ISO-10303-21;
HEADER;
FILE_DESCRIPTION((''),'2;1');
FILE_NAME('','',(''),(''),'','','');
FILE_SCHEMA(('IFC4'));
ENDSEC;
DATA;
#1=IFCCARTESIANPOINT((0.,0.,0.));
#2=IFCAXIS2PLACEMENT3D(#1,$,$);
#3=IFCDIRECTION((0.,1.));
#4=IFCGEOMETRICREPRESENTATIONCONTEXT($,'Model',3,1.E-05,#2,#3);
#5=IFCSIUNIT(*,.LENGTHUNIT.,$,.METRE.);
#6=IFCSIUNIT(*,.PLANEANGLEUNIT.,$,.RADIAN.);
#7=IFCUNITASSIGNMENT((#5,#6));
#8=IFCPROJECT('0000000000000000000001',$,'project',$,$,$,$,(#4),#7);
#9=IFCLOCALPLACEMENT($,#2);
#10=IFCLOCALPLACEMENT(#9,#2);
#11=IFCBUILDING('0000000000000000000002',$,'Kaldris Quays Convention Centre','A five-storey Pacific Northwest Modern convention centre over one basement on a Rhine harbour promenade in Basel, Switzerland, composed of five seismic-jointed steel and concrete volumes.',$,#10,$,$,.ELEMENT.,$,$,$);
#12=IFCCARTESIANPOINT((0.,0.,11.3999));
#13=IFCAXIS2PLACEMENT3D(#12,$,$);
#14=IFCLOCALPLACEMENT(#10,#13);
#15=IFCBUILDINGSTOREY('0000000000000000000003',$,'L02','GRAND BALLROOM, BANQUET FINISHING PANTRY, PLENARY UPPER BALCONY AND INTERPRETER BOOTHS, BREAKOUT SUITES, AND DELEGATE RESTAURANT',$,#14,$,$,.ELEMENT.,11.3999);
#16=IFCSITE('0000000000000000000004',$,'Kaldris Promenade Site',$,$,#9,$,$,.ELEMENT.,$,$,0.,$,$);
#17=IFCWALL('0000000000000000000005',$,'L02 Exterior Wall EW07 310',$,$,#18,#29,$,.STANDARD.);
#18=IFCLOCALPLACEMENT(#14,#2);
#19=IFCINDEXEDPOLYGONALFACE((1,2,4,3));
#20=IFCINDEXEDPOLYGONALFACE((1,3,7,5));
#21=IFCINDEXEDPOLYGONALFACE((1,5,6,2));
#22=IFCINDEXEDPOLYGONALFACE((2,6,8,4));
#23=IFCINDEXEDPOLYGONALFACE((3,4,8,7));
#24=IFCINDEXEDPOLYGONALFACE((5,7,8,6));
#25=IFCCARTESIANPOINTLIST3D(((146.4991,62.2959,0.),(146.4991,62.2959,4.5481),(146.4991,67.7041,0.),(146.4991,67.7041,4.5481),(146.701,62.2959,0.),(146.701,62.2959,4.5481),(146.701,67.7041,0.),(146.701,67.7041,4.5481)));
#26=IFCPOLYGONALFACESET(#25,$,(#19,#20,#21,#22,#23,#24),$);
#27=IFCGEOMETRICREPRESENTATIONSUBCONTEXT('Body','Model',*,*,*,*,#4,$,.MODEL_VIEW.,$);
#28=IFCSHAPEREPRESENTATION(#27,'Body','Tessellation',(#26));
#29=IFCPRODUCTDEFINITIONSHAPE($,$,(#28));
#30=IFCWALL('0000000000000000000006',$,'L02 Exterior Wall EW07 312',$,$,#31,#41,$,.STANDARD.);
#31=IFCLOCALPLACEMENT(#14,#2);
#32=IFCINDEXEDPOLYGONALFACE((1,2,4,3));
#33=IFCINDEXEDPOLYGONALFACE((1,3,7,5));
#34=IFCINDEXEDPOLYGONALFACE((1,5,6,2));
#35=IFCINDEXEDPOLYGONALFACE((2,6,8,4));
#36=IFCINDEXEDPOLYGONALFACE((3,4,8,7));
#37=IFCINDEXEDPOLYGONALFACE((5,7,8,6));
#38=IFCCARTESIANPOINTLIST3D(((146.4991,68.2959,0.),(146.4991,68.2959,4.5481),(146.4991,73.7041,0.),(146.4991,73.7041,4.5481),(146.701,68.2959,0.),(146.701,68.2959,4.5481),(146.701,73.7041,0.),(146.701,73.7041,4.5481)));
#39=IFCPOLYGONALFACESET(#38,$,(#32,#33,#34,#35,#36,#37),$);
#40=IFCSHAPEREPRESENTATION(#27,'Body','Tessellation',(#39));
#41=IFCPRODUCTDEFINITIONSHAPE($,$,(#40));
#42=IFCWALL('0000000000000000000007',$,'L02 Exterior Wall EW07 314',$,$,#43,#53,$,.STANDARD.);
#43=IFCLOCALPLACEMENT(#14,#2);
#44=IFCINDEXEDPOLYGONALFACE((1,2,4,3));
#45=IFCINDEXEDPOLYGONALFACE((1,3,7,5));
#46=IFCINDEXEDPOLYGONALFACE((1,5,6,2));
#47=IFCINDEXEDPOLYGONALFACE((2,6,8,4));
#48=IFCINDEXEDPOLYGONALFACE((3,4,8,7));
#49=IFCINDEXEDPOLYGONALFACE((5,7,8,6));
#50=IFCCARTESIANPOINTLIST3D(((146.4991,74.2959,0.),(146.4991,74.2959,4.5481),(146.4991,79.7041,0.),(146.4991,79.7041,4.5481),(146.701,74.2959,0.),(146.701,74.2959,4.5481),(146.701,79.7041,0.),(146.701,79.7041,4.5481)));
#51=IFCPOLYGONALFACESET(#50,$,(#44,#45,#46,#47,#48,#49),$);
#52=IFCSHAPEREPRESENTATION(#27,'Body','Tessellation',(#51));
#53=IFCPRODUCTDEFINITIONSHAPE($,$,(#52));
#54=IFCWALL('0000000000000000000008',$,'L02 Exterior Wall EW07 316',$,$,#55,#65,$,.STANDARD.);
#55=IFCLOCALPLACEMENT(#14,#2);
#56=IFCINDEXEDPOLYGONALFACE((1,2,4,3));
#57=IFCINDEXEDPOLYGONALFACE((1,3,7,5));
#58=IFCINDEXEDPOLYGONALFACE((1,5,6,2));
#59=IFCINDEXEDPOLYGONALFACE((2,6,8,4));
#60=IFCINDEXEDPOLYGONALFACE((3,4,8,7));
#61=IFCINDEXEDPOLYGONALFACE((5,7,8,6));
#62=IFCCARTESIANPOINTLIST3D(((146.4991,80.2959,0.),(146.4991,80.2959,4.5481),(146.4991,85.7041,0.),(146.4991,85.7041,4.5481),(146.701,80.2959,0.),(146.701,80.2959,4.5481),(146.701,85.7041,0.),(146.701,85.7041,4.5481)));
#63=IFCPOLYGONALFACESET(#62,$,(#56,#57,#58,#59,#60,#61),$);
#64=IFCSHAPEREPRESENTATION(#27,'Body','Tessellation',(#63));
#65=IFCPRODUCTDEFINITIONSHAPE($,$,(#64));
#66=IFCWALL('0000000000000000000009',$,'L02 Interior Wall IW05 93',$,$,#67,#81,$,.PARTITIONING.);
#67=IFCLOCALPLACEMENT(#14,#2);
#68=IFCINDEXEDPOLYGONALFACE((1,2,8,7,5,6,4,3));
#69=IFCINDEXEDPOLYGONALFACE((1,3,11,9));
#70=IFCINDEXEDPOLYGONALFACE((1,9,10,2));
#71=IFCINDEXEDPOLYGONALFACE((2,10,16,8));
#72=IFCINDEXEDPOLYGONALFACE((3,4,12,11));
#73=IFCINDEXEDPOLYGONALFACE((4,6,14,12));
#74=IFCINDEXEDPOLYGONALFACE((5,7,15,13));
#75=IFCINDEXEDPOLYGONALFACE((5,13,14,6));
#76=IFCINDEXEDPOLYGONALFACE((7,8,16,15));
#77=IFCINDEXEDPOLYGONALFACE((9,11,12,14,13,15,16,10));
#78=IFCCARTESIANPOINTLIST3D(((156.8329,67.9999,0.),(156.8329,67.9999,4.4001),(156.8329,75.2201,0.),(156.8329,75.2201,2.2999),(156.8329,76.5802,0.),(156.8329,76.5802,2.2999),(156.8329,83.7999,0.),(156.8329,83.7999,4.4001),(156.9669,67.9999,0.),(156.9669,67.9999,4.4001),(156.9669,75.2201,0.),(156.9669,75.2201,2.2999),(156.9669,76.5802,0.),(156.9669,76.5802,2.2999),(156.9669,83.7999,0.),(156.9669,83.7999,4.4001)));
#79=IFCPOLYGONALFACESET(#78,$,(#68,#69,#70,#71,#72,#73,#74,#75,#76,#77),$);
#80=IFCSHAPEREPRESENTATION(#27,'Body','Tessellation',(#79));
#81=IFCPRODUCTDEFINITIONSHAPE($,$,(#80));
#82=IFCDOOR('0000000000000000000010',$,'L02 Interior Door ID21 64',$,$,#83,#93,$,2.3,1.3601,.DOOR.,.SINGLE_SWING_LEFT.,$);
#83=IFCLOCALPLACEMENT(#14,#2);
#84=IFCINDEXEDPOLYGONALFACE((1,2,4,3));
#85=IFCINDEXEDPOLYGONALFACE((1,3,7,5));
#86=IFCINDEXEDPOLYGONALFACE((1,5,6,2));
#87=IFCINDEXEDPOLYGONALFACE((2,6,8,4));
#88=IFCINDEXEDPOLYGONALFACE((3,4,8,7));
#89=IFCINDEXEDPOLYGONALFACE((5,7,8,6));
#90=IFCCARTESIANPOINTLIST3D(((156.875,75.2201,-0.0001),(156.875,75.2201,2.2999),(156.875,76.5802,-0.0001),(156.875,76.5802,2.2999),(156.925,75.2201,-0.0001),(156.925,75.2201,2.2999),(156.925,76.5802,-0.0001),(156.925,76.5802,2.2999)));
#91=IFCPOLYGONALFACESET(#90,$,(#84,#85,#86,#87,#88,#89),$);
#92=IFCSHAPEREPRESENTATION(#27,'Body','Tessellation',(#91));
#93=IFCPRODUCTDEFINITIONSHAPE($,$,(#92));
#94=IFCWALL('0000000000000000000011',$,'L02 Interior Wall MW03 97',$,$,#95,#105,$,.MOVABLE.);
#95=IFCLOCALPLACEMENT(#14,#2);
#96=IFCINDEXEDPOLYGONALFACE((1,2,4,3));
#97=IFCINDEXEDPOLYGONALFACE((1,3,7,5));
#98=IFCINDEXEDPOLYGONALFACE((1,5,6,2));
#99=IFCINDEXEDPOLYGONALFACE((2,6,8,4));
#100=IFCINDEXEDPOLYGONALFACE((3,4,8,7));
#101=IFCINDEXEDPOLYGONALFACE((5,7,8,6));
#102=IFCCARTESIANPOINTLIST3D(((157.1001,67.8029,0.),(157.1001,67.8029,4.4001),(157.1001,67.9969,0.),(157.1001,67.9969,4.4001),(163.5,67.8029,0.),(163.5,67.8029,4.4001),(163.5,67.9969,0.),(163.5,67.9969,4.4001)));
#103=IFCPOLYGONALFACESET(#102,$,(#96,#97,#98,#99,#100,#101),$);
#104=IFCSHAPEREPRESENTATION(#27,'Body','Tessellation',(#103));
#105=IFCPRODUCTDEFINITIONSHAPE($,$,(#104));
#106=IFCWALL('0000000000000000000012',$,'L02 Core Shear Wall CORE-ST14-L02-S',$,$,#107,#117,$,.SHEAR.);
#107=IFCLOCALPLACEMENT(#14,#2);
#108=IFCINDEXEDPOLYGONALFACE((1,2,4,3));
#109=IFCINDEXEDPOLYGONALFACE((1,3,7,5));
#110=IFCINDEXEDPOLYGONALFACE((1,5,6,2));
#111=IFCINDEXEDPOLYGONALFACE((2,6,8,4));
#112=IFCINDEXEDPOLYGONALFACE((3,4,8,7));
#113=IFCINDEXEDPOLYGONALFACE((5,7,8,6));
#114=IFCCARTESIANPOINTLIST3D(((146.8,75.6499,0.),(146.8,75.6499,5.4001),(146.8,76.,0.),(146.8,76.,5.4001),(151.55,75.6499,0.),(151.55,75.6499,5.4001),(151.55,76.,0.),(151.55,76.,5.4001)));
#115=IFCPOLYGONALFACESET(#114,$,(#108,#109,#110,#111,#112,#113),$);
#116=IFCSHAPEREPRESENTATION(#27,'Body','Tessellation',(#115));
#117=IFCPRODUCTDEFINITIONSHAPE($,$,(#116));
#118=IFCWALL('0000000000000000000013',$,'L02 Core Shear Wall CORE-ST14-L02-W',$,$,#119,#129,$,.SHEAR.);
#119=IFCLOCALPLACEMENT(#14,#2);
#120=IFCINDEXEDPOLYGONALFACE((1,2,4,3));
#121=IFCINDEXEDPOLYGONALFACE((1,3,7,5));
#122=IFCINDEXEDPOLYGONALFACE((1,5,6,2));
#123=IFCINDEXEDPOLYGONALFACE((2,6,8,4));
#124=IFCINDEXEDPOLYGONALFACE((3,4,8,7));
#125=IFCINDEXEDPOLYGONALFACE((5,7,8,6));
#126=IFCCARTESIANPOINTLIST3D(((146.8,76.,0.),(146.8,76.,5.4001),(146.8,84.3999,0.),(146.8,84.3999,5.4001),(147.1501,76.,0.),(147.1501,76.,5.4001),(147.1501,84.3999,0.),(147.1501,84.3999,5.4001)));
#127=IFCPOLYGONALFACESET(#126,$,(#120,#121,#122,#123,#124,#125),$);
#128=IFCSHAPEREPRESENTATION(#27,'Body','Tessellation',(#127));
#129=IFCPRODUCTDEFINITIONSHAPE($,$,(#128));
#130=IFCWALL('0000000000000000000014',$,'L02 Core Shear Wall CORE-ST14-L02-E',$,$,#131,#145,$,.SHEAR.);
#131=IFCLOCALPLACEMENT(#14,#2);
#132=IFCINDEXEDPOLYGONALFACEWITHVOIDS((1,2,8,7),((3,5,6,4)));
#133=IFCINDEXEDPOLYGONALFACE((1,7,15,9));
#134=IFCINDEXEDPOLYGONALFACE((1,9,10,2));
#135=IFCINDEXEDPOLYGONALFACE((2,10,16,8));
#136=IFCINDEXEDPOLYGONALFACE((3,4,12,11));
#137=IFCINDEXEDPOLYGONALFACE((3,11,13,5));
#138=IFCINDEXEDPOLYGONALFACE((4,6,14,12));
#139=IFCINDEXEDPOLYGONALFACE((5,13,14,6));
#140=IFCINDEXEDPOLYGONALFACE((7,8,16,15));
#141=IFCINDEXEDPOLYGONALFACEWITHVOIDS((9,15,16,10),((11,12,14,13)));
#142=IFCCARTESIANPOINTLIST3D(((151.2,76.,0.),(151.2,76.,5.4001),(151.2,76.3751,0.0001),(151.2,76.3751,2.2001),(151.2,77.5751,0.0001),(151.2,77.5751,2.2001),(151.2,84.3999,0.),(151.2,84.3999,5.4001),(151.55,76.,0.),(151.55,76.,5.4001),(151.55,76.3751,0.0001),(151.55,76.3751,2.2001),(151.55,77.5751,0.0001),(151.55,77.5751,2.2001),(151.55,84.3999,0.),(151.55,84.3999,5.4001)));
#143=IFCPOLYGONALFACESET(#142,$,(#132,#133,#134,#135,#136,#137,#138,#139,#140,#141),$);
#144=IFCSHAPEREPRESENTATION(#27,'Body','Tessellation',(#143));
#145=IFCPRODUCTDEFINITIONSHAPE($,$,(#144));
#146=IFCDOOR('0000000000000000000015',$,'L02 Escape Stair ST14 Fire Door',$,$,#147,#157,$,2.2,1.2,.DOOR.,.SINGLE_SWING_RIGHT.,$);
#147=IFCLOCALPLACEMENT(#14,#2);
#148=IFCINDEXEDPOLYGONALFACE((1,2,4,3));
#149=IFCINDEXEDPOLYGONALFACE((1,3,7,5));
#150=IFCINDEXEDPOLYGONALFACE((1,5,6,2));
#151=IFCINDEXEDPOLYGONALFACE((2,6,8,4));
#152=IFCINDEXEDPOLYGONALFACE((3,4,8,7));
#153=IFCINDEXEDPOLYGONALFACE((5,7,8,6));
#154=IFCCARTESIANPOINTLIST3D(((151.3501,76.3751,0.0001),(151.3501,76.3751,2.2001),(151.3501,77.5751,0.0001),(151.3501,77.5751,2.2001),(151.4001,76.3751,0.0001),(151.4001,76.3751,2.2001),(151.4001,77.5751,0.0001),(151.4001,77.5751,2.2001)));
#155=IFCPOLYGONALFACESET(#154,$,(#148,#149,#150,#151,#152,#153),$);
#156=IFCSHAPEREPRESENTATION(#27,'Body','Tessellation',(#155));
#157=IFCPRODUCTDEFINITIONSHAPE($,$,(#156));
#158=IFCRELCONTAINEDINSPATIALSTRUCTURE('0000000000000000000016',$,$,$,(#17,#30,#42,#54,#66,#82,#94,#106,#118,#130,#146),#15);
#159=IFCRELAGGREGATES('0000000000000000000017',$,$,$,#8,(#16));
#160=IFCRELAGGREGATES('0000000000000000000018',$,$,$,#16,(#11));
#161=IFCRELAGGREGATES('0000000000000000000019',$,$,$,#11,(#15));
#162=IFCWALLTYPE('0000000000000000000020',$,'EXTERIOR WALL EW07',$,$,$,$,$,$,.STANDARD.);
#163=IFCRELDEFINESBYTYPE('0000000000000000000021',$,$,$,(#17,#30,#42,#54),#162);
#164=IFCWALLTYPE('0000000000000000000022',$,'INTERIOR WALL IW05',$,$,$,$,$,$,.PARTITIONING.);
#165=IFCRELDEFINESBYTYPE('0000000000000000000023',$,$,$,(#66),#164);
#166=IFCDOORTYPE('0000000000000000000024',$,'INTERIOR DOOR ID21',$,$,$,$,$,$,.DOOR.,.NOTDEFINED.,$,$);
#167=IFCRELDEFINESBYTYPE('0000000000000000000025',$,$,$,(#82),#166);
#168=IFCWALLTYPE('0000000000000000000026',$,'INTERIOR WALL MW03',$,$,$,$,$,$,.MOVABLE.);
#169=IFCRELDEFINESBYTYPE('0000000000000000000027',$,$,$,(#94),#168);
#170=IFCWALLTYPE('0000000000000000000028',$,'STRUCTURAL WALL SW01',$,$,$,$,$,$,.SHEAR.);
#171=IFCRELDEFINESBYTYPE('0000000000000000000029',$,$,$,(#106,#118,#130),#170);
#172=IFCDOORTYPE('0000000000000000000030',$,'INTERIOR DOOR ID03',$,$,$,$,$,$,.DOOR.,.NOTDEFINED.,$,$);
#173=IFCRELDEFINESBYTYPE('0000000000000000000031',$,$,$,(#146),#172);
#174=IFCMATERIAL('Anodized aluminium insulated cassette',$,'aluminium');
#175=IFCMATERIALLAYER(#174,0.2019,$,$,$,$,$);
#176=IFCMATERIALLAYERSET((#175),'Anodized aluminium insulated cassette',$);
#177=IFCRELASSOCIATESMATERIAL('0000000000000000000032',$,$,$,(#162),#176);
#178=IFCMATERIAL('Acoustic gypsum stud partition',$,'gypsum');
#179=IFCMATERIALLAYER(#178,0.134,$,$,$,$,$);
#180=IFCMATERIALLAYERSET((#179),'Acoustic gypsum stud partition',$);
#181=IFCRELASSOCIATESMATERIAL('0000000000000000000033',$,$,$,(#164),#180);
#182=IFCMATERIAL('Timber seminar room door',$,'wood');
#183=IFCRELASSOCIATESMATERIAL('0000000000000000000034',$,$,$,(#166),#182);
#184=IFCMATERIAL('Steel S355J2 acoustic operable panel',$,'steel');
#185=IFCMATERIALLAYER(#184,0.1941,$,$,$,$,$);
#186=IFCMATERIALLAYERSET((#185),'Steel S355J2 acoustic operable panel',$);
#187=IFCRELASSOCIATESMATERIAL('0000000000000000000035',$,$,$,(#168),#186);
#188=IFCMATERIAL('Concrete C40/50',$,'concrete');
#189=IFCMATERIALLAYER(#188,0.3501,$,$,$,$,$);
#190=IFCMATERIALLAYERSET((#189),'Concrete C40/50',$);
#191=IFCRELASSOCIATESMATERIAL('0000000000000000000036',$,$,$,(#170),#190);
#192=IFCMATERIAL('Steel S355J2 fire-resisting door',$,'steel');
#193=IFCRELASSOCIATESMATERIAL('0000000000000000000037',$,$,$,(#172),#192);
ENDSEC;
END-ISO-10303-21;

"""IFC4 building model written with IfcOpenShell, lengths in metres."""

from ifc_helpers import new_model, si_unit, direction, frame, frame_2d, origin, place, context, subcontext, project, spatial, rectangle, extrude, material, layer, layer_set, type_object, element, fill, save


model = new_model("IFC4")

# Units and contexts
model_context = context("Model", 3, precision=1e-05, world=origin(), true_north=direction((0.0, 1.0)))
body_context = subcontext(model_context, "Body", "Model", "MODEL_VIEW")
ifc_project = project(units=[si_unit("LENGTHUNIT", "METRE"), si_unit("PLANEANGLEUNIT", "RADIAN")], contexts=[model_context])

# Site, building, storey
site_placement = place(None, origin())
site = spatial("IfcSite", under=ifc_project, at=site_placement, Name="Kaldris Promenade Site", CompositionType="ELEMENT", RefElevation=0.0)
building_placement = place(site_placement, origin())
building = spatial("IfcBuilding", under=site, at=building_placement, Name="Kaldris Quays Convention Centre", Description="A five-storey Pacific Northwest Modern convention centre over one basement on a Rhine harbour promenade in Basel, Switzerland, composed of five seismic-jointed steel and concrete volumes.", CompositionType="ELEMENT")
storey_placement = place(building_placement, frame((0.0, 0.0, 11.3999)))
storey = spatial("IfcBuildingStorey", under=building, at=storey_placement, Name="L02", Description="GRAND BALLROOM, BANQUET FINISHING PANTRY, PLENARY UPPER BALCONY AND INTERPRETER BOOTHS, BREAKOUT SUITES, AND DELEGATE RESTAURANT", CompositionType="ELEMENT", Elevation=11.3999)

# Walls
ifc_material_1 = material(Name="Anodized aluminium insulated cassette", Category="aluminium")
ifc_layer_1 = layer(ifc_material_1, 0.2019)
ifc_layer_set_1 = layer_set([ifc_layer_1], Name="Anodized aluminium insulated cassette")
wall_type_1 = type_object("IfcWallType", Name="EXTERIOR WALL EW07", PredefinedType="STANDARD", material=ifc_layer_set_1)
for number, where, z_axis, x_axis, name in (
    (1, (146.6001, 62.2959, 0.0), (0.0, 0.0, 1.0), (0.0, 1.0, 0.0), "L02 Exterior Wall EW07 310"),
    (2, (146.6001, 68.2959, 0.0), (0.0, 0.0, 1.0), (0.0, 1.0, 0.0), "L02 Exterior Wall EW07 312"),
    (3, (146.6001, 74.2959, 0.0), (0.0, 0.0, 1.0), (0.0, 1.0, 0.0), "L02 Exterior Wall EW07 314"),
    (4, (146.6001, 80.2959, 0.0), (0.0, 0.0, 1.0), (0.0, 1.0, 0.0), "L02 Exterior Wall EW07 316"),
):
    element("IfcWall", number, at=place(storey_placement, frame(where, z_axis=z_axis, x_axis=x_axis)), inside=storey, type_object=wall_type_1, Name=name, PredefinedType="STANDARD", context=body_context, shape_type="SweptSolid", body=[
        extrude(rectangle(XDim=5.4082, YDim=0.2019, at=frame_2d((2.7041, 0.0))), origin(), (0.0, 0.0, 1.0), 4.5481),
    ])

# Wall, opening, door
ifc_material_2 = material(Name="Acoustic gypsum stud partition", Category="gypsum")
ifc_layer_2 = layer(ifc_material_2, 0.134)
ifc_layer_set_2 = layer_set([ifc_layer_2], Name="Acoustic gypsum stud partition")
wall_type_2 = type_object("IfcWallType", Name="INTERIOR WALL IW05", PredefinedType="PARTITIONING", material=ifc_layer_set_2)
wall_1_placement = place(storey_placement, frame((156.8999, 68.0, 0.0), z_axis=(0.0, 0.0, 1.0), x_axis=(0.0, 1.0, 0.0)))
wall_1 = element("IfcWall", 5, at=wall_1_placement, inside=storey, type_object=wall_type_2, Name="L02 Interior Wall IW05 93", PredefinedType="PARTITIONING", context=body_context, shape_type="SweptSolid", body=[
    extrude(rectangle(XDim=15.8, YDim=0.134, at=frame_2d((7.8999, 0.0))), origin(), (0.0, 0.0, 1.0), 4.4001),
])
opening_1_placement = place(wall_1_placement, frame((7.22, 0.0, 0.0)))
opening_1 = element("IfcOpeningElement", 6, at=opening_1_placement, cuts=wall_1, PredefinedType="OPENING", context=body_context, shape_type="SweptSolid", body=[
    extrude(rectangle(XDim=1.3601, YDim=2.3, at=frame_2d((0.6802, 1.1499))), frame((0.0, 0.0771, 0.0), z_axis=(0.0, -1.0, 0.0), x_axis=(1.0, 0.0, 0.0)), (0.0, 0.0, 1.0), 0.1541),
])
ifc_material_3 = material(Name="Timber seminar room door", Category="wood")
door_type_1 = type_object("IfcDoorType", Name="INTERIOR DOOR ID21", OperationType="NOTDEFINED", PredefinedType="DOOR", material=ifc_material_3)
door_1_placement = place(opening_1_placement, origin())
door_1 = element("IfcDoor", 7, at=door_1_placement, inside=storey, type_object=door_type_1, Name="L02 Interior Door ID21 64", OperationType="SINGLE_SWING_LEFT", OverallHeight=2.3, OverallWidth=1.3601, PredefinedType="DOOR", context=body_context, shape_type="SweptSolid", body=[
    extrude(rectangle(XDim=1.3601, YDim=2.3, at=frame_2d((0.6802, 1.1499))), frame((0.0, 0.0249, 0.0), z_axis=(0.0, -1.0, 0.0), x_axis=(1.0, 0.0, 0.0)), (0.0, 0.0, 1.0), 0.05),
])
fill(opening_1, door_1)

# Walls
ifc_material_4 = material(Name="Steel S355J2 acoustic operable panel", Category="steel")
ifc_layer_3 = layer(ifc_material_4, 0.1941)
ifc_layer_set_3 = layer_set([ifc_layer_3], Name="Steel S355J2 acoustic operable panel")
wall_type_3 = type_object("IfcWallType", Name="INTERIOR WALL MW03", PredefinedType="MOVABLE", material=ifc_layer_set_3)
wall_2_placement = place(storey_placement, frame((157.1001, 67.8999, 0.0), z_axis=(0.0, 0.0, 1.0), x_axis=(1.0, 0.0, 0.0)))
element("IfcWall", 8, at=wall_2_placement, inside=storey, type_object=wall_type_3, Name="L02 Interior Wall MW03 97", PredefinedType="MOVABLE", context=body_context, shape_type="SweptSolid", body=[
    extrude(rectangle(XDim=6.3999, YDim=0.1941, at=frame_2d((3.2, 0.0))), origin(), (0.0, 0.0, 1.0), 4.4001),
])
ifc_material_5 = material(Name="Concrete C40/50", Category="concrete")
ifc_layer_4 = layer(ifc_material_5, 0.3501)
ifc_layer_set_4 = layer_set([ifc_layer_4], Name="Concrete C40/50")
wall_type_4 = type_object("IfcWallType", Name="STRUCTURAL WALL SW01", PredefinedType="SHEAR", material=ifc_layer_set_4)
wall_3_placement = place(storey_placement, frame((146.8, 75.825, 0.0), z_axis=(0.0, 0.0, 1.0), x_axis=(1.0, 0.0, 0.0)))
element("IfcWall", 9, at=wall_3_placement, inside=storey, type_object=wall_type_4, Name="L02 Core Shear Wall CORE-ST14-L02-S", PredefinedType="SHEAR", context=body_context, shape_type="SweptSolid", body=[
    extrude(rectangle(XDim=4.75, YDim=0.3501, at=frame_2d((2.375, 0.0))), origin(), (0.0, 0.0, 1.0), 5.4001),
])
wall_4_placement = place(storey_placement, frame((146.9751, 76.0, 0.0), z_axis=(0.0, 0.0, 1.0), x_axis=(0.0, 1.0, 0.0)))
element("IfcWall", 10, at=wall_4_placement, inside=storey, type_object=wall_type_4, Name="L02 Core Shear Wall CORE-ST14-L02-W", PredefinedType="SHEAR", context=body_context, shape_type="SweptSolid", body=[
    extrude(rectangle(XDim=8.3999, YDim=0.3501, at=frame_2d((4.2, 0.0))), origin(), (0.0, 0.0, 1.0), 5.4001),
])

# Wall, opening, door
wall_5_placement = place(storey_placement, frame((151.375, 76.0, 0.0), z_axis=(0.0, 0.0, 1.0), x_axis=(0.0, 1.0, 0.0)))
wall_5 = element("IfcWall", 11, at=wall_5_placement, inside=storey, type_object=wall_type_4, Name="L02 Core Shear Wall CORE-ST14-L02-E", PredefinedType="SHEAR", context=body_context, shape_type="SweptSolid", body=[
    extrude(rectangle(XDim=8.3999, YDim=0.3501, at=frame_2d((4.2, 0.0))), origin(), (0.0, 0.0, 1.0), 5.4001),
])
opening_2_placement = place(wall_5_placement, frame((0.375, 0.0, 0.0)))
opening_2 = element("IfcOpeningElement", 12, at=opening_2_placement, cuts=wall_5, PredefinedType="OPENING", context=body_context, shape_type="SweptSolid", body=[
    extrude(rectangle(XDim=1.2, YDim=2.2, at=frame_2d((0.6001, 1.1001))), frame((0.0, 0.1851, 0.0), z_axis=(0.0, -1.0, 0.0), x_axis=(1.0, 0.0, 0.0)), (0.0, 0.0, 1.0), 0.3701),
])
ifc_material_6 = material(Name="Steel S355J2 fire-resisting door", Category="steel")
door_type_2 = type_object("IfcDoorType", Name="INTERIOR DOOR ID03", OperationType="NOTDEFINED", PredefinedType="DOOR", material=ifc_material_6)
door_2_placement = place(opening_2_placement, origin())
door_2 = element("IfcDoor", 13, at=door_2_placement, inside=storey, type_object=door_type_2, Name="L02 Escape Stair ST14 Fire Door", OperationType="SINGLE_SWING_RIGHT", OverallHeight=2.2, OverallWidth=1.2, PredefinedType="DOOR", context=body_context, shape_type="SweptSolid", body=[
    extrude(rectangle(XDim=1.2, YDim=2.2, at=frame_2d((0.6001, 1.1001))), frame((0.0, 0.0249, 0.0), z_axis=(0.0, -1.0, 0.0), x_axis=(1.0, 0.0, 0.0)), (0.0, 0.0, 1.0), 0.05),
])
fill(opening_2, door_2)

save(model, "model.ifc")
